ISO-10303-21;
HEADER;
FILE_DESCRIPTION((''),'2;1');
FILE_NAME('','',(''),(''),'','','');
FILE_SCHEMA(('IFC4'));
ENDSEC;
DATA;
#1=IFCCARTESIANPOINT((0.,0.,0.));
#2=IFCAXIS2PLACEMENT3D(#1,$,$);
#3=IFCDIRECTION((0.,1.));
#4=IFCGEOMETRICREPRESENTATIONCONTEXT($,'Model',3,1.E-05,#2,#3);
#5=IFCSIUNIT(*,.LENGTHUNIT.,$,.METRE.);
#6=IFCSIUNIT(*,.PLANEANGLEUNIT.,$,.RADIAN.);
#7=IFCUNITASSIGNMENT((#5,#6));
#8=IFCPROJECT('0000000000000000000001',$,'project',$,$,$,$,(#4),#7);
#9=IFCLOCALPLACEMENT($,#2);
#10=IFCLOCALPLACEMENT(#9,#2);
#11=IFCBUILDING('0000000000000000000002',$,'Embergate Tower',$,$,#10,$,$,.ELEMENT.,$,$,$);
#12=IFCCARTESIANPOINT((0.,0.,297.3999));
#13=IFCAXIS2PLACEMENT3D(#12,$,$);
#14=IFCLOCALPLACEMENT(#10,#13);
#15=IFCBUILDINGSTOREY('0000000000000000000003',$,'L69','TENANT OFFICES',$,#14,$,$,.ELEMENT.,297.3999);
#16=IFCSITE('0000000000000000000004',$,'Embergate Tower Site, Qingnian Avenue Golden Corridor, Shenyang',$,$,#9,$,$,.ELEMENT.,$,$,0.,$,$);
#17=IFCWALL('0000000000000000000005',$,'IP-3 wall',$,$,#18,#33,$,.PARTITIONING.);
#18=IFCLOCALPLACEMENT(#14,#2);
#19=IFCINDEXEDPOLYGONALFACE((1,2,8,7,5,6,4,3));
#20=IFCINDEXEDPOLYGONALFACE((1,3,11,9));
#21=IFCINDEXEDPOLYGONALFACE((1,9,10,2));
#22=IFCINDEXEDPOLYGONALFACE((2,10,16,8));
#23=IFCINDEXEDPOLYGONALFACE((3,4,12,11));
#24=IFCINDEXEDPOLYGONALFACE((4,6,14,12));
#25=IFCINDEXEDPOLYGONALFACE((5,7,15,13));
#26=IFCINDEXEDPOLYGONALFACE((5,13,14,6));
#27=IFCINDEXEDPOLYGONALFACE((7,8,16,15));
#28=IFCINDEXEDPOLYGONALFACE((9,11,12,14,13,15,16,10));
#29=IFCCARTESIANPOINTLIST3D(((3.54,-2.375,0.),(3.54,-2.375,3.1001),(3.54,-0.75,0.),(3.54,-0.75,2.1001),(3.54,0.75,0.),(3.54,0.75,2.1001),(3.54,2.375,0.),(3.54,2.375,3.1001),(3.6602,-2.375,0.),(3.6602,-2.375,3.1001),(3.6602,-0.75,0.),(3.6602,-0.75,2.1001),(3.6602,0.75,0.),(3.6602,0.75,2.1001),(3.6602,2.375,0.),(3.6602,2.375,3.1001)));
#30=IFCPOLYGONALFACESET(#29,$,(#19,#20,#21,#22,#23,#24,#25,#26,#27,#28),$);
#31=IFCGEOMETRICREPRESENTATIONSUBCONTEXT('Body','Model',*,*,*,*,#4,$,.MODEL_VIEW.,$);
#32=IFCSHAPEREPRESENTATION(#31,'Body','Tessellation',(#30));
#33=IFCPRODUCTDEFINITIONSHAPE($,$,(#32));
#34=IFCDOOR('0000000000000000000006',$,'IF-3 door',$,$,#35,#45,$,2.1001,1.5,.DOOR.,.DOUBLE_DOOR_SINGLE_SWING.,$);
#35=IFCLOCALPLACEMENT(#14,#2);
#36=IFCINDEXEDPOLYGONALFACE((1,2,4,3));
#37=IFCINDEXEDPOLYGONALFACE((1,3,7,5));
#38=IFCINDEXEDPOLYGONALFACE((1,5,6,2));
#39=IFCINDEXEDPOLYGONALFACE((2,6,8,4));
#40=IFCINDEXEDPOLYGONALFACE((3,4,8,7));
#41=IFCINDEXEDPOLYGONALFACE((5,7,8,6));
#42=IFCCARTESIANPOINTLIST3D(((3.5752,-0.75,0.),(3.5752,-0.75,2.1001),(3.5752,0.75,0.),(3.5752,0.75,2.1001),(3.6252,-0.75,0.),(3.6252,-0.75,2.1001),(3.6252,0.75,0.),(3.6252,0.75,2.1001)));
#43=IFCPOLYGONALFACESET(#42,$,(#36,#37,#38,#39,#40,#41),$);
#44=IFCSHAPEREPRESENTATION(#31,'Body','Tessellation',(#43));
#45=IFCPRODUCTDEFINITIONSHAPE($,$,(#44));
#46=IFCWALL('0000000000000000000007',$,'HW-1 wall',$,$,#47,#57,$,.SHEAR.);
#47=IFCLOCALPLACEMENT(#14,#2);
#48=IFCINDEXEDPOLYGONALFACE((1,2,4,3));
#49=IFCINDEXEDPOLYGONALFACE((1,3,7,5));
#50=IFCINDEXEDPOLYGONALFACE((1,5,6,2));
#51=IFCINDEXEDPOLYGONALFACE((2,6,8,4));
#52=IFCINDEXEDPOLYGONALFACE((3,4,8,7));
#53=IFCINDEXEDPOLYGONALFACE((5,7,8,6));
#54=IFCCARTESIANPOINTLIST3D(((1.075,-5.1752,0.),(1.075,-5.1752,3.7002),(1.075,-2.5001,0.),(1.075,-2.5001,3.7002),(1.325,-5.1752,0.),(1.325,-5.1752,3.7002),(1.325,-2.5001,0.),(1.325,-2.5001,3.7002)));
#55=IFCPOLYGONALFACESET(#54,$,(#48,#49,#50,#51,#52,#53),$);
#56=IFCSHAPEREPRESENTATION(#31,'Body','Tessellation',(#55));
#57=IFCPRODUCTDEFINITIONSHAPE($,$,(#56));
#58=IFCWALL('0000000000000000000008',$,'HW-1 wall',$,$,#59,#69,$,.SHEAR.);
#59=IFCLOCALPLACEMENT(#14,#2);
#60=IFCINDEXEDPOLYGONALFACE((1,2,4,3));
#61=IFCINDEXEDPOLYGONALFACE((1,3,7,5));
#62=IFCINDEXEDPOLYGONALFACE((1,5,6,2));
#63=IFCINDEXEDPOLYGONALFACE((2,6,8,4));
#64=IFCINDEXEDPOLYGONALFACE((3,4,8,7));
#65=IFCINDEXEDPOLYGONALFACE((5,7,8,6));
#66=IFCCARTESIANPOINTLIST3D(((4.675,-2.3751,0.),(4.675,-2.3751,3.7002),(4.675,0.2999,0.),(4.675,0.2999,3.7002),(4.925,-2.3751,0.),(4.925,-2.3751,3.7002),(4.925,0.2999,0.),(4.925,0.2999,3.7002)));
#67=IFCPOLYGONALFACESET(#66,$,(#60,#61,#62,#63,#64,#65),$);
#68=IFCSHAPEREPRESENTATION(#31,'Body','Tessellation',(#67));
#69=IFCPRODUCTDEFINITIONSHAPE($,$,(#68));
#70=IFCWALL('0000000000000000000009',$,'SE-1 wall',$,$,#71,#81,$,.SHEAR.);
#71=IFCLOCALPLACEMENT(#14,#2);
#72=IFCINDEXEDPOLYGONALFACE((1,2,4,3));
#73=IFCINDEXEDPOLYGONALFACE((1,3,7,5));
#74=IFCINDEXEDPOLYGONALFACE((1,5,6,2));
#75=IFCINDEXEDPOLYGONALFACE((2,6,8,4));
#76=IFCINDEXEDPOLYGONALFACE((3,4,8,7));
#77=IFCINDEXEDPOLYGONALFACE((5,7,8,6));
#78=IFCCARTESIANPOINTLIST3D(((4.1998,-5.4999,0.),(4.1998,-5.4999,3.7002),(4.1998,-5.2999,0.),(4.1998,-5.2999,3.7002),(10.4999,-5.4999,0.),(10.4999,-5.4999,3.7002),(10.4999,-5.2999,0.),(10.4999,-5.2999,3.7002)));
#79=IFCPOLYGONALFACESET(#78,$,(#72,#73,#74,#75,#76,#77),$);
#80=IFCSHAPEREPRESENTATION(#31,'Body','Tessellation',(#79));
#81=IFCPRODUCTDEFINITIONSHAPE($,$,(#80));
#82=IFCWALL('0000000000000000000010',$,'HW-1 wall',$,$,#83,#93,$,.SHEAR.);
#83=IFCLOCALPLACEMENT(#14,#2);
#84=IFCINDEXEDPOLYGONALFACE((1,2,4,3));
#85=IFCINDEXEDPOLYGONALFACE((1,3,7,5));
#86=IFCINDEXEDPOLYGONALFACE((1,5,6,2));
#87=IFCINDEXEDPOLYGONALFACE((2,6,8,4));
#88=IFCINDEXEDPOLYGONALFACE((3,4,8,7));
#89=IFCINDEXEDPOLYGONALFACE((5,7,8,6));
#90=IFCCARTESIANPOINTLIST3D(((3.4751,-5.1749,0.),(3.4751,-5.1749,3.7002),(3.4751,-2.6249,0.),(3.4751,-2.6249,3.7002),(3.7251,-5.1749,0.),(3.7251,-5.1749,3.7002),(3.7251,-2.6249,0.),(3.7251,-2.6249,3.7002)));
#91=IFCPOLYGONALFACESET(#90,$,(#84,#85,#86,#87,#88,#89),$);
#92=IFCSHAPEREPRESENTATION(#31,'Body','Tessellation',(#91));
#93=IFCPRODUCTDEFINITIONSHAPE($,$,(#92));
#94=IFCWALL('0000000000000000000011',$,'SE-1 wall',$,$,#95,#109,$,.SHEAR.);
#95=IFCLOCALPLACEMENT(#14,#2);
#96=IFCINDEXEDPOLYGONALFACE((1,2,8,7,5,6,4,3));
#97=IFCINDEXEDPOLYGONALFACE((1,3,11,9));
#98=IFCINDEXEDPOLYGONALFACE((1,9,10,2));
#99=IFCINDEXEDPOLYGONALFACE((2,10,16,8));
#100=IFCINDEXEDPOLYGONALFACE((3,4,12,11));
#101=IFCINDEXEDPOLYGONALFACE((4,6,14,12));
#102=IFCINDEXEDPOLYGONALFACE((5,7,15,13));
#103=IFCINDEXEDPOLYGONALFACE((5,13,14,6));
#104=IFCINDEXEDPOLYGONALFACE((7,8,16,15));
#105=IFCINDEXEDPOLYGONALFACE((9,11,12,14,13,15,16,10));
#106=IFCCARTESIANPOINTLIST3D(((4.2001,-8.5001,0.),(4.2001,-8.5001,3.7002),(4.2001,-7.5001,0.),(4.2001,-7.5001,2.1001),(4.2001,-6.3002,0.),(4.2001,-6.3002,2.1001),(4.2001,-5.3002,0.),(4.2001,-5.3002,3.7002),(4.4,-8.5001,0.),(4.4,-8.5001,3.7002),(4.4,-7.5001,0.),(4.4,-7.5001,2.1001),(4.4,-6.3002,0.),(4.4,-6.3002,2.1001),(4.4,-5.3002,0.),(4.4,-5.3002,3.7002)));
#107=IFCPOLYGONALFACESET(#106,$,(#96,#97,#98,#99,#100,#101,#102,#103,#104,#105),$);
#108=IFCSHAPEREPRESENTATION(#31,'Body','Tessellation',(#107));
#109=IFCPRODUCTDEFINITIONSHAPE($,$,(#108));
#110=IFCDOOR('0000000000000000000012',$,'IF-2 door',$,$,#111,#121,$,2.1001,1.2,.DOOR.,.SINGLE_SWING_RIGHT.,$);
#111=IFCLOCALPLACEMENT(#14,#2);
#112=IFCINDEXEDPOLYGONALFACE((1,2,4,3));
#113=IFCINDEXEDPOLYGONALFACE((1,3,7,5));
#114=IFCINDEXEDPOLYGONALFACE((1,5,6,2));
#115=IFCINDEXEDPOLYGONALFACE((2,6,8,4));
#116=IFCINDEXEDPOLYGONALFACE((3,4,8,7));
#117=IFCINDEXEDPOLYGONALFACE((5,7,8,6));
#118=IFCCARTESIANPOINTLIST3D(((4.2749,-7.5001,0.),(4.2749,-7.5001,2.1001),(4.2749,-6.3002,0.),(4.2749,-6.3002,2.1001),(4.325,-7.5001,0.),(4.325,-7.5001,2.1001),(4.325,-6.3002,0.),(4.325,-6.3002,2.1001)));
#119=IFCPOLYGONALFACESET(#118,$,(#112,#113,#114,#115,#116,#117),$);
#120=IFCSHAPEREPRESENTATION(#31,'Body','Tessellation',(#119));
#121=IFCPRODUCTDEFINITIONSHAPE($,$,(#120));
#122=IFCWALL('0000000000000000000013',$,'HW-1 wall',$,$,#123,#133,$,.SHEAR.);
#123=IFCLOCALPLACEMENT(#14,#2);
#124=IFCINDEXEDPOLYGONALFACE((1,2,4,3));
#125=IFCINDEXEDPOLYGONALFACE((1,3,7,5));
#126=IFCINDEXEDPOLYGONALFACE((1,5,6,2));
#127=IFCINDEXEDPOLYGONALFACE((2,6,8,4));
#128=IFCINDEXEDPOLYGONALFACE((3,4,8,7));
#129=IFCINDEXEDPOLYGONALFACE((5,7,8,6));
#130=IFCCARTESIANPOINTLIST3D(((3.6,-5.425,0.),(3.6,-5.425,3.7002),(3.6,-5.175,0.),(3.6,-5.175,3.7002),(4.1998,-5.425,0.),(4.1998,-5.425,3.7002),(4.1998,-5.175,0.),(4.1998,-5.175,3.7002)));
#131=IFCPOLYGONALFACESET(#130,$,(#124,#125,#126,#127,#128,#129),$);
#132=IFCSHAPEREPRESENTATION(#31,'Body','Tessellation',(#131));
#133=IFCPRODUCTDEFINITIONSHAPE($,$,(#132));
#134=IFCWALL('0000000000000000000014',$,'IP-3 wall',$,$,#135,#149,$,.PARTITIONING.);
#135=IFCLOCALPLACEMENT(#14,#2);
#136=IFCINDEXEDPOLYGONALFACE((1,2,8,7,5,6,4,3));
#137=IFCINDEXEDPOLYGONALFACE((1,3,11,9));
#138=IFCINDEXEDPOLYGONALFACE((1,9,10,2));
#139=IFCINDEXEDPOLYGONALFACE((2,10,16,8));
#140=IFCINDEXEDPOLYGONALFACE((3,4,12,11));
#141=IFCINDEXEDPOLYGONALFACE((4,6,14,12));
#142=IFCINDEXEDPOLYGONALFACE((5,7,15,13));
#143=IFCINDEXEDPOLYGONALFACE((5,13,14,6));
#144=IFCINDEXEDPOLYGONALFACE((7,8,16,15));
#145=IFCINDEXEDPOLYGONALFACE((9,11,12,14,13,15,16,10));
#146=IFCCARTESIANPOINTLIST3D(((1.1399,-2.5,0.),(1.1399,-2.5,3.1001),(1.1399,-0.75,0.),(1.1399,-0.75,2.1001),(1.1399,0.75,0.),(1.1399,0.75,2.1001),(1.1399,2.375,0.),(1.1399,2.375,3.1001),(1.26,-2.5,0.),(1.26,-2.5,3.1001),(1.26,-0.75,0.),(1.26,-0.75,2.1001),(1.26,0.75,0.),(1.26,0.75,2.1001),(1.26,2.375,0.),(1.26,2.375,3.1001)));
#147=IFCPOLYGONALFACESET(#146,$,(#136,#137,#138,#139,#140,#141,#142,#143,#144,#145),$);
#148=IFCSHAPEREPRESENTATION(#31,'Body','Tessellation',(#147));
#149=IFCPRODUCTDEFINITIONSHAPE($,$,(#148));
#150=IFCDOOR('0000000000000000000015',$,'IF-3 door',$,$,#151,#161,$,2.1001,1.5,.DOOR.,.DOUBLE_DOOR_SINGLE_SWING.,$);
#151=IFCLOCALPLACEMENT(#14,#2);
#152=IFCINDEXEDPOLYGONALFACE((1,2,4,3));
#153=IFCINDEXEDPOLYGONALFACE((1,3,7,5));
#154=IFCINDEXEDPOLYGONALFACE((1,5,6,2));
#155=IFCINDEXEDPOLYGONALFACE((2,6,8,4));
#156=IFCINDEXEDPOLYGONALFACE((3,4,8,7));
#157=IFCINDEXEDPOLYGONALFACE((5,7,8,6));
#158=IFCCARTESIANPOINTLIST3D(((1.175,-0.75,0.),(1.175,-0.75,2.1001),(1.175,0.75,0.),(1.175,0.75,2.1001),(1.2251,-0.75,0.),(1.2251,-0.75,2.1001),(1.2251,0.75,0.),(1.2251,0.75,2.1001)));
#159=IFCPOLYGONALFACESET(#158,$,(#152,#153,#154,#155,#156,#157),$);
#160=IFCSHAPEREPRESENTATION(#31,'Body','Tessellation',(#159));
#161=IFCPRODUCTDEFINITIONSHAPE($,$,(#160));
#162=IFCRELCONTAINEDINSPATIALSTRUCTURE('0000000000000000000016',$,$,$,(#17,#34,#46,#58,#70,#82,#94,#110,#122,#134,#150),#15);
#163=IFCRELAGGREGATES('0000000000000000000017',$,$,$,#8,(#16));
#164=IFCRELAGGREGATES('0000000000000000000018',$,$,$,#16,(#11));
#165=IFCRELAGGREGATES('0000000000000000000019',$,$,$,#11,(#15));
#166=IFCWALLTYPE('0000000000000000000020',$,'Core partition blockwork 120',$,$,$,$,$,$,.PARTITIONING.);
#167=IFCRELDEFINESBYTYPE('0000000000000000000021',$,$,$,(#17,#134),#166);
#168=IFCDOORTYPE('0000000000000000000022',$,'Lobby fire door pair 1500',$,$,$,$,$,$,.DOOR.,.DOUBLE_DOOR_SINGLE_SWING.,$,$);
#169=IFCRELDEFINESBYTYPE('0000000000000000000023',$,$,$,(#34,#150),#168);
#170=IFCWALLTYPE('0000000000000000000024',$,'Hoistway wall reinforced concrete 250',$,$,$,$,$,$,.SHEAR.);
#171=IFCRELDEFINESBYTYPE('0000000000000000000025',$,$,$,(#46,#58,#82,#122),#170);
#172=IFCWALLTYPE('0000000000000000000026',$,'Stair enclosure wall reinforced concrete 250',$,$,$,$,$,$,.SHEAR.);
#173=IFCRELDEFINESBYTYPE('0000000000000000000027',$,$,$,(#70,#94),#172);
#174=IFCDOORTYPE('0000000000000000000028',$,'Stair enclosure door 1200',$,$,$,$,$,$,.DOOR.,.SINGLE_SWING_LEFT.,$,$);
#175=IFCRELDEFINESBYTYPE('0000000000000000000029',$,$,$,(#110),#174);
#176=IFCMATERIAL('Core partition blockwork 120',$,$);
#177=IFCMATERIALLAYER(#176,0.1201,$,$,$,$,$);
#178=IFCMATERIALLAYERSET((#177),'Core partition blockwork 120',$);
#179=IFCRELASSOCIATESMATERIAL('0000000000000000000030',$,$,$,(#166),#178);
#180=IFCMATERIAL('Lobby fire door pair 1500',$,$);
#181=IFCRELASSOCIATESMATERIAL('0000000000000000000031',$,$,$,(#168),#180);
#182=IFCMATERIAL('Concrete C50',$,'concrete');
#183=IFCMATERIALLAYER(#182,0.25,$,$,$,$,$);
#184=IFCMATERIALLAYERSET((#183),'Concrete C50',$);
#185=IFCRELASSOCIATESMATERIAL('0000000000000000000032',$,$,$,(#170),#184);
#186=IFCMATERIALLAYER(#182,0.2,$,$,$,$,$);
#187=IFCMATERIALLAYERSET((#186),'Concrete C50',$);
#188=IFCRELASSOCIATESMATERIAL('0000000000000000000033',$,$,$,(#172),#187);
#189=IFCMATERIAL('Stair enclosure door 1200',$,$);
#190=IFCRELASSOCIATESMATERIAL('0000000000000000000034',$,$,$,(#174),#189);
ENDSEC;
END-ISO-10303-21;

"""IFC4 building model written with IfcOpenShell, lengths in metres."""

from ifc_helpers import new_model, si_unit, direction, frame, frame_2d, origin, place, context, subcontext, project, spatial, rectangle, extrude, source, transform, mapped, material, layer, layer_set, type_object, element, fill, save


model = new_model("IFC4")

# Units and contexts
model_context = context("Model", 3, precision=1e-05, world=origin(), true_north=direction((0.0, 1.0)))
body_context = subcontext(model_context, "Body", "Model", "MODEL_VIEW")
ifc_project = project(units=[si_unit("LENGTHUNIT", "METRE"), si_unit("PLANEANGLEUNIT", "RADIAN")], contexts=[model_context])

# Site, building, storey
site_placement = place(None, origin())
site = spatial("IfcSite", under=ifc_project, at=site_placement, Name="Embergate Tower Site, Qingnian Avenue Golden Corridor, Shenyang", CompositionType="ELEMENT", RefElevation=0.0)
building_placement = place(site_placement, origin())
building = spatial("IfcBuilding", under=site, at=building_placement, Name="Embergate Tower", CompositionType="ELEMENT")
storey_placement = place(building_placement, frame((0.0, 0.0, 297.3999)))
storey = spatial("IfcBuildingStorey", under=building, at=storey_placement, Name="L69", Description="TENANT OFFICES", CompositionType="ELEMENT", Elevation=297.3999)

# Wall, opening, door
ifc_material_1 = material(Name="Core partition blockwork 120")
ifc_layer_1 = layer(ifc_material_1, 0.1201)
ifc_layer_set_1 = layer_set([ifc_layer_1], Name="Core partition blockwork 120")
wall_type_1 = type_object("IfcWallType", Name="Core partition blockwork 120", PredefinedType="PARTITIONING", material=ifc_layer_set_1)
shared_shape_1 = source(origin(), body_context, "Body", "SweptSolid", [
    extrude(rectangle(XDim=4.75, YDim=0.1201, at=frame_2d((2.375, 0.0))), origin(), (0.0, 0.0, 1.0), 3.1001),
])
wall_1_placement = place(storey_placement, frame((3.6001, -2.375, 0.0), z_axis=(0.0, 0.0, 1.0), x_axis=(0.0, 1.0, 0.0)))
wall_1 = element("IfcWall", 1, at=wall_1_placement, inside=storey, type_object=wall_type_1, Name="IP-3 wall", PredefinedType="PARTITIONING", context=body_context, shape_type="MappedRepresentation", body=[
    mapped(shared_shape_1, transform((0.0, 0.0, 0.0))),
])
shared_shape_2 = source(origin(), body_context, "Body", "SweptSolid", [
    extrude(rectangle(XDim=1.5, YDim=2.1001, at=frame_2d((0.75, 1.05))), frame((0.0, 0.0701, 0.0), z_axis=(0.0, -1.0, 0.0), x_axis=(1.0, 0.0, 0.0)), (0.0, 0.0, 1.0), 0.1401),
])
opening_1_placement = place(wall_1_placement, frame((1.625, 0.0, 0.0)))
opening_1 = element("IfcOpeningElement", 2, at=opening_1_placement, cuts=wall_1, PredefinedType="OPENING", context=body_context, shape_type="MappedRepresentation", body=[
    mapped(shared_shape_2, transform((0.0, 0.0, 0.0))),
])
ifc_material_2 = material(Name="Lobby fire door pair 1500")
door_type_1 = type_object("IfcDoorType", Name="Lobby fire door pair 1500", OperationType="DOUBLE_DOOR_SINGLE_SWING", PredefinedType="DOOR", material=ifc_material_2)
shared_shape_3 = source(origin(), body_context, "Body", "SweptSolid", [
    extrude(rectangle(XDim=1.5, YDim=2.1001, at=frame_2d((0.75, 1.05))), frame((0.0, 0.0249, 0.0), z_axis=(0.0, -1.0, 0.0), x_axis=(1.0, 0.0, 0.0)), (0.0, 0.0, 1.0), 0.05),
])
door_1_placement = place(opening_1_placement, origin())
door_1 = element("IfcDoor", 3, at=door_1_placement, inside=storey, type_object=door_type_1, Name="IF-3 door", OperationType="DOUBLE_DOOR_SINGLE_SWING", OverallHeight=2.1001, OverallWidth=1.5, PredefinedType="DOOR", context=body_context, shape_type="MappedRepresentation", body=[
    mapped(shared_shape_3, transform((0.0, 0.0, 0.0))),
])
fill(opening_1, door_1)

# Walls
ifc_material_3 = material(Name="Concrete C50", Category="concrete")
ifc_layer_2 = layer(ifc_material_3, 0.25)
ifc_layer_set_2 = layer_set([ifc_layer_2], Name="Concrete C50")
wall_type_2 = type_object("IfcWallType", Name="Hoistway wall reinforced concrete 250", PredefinedType="SHEAR", material=ifc_layer_set_2)
shared_shape_4 = source(origin(), body_context, "Body", "SweptSolid", [
    extrude(rectangle(XDim=2.675, YDim=0.25, at=frame_2d((1.3374, 0.0))), origin(), (0.0, 0.0, 1.0), 3.7002),
])
for number, where, z_axis, x_axis, name in (
    (4, (1.2, -5.175, 0.0), (0.0, 0.0, 1.0), (0.0, 1.0, 0.0), "HW-1 wall"),
    (5, (4.8, -2.375, 0.0), (0.0, 0.0, 1.0), (0.0, 1.0, 0.0), "HW-1 wall"),
):
    element("IfcWall", number, at=place(storey_placement, frame(where, z_axis=z_axis, x_axis=x_axis)), inside=storey, type_object=wall_type_2, Name=name, PredefinedType="SHEAR", context=body_context, shape_type="MappedRepresentation", body=[
        mapped(shared_shape_4, transform((0.0, 0.0, 0.0))),
    ])
ifc_layer_3 = layer(ifc_material_3, 0.2)
ifc_layer_set_3 = layer_set([ifc_layer_3], Name="Concrete C50")
wall_type_3 = type_object("IfcWallType", Name="Stair enclosure wall reinforced concrete 250", PredefinedType="SHEAR", material=ifc_layer_set_3)
shared_shape_5 = source(origin(), body_context, "Body", "SweptSolid", [
    extrude(rectangle(XDim=6.3, YDim=0.2, at=frame_2d((3.1499, 0.0))), origin(), (0.0, 0.0, 1.0), 3.7002),
])
wall_2_placement = place(storey_placement, frame((4.2, -5.3999, 0.0), z_axis=(0.0, 0.0, 1.0), x_axis=(1.0, 0.0, 0.0)))
element("IfcWall", 6, at=wall_2_placement, inside=storey, type_object=wall_type_3, Name="SE-1 wall", PredefinedType="SHEAR", context=body_context, shape_type="MappedRepresentation", body=[
    mapped(shared_shape_5, transform((0.0, 0.0, 0.0))),
])
shared_shape_6 = source(origin(), body_context, "Body", "SweptSolid", [
    extrude(rectangle(XDim=2.55, YDim=0.25, at=frame_2d((1.2749, 0.0))), origin(), (0.0, 0.0, 1.0), 3.7002),
])
wall_3_placement = place(storey_placement, frame((3.6001, -2.625, 0.0), z_axis=(0.0, 0.0, 1.0), x_axis=(0.0, -1.0, 0.0)))
element("IfcWall", 7, at=wall_3_placement, inside=storey, type_object=wall_type_2, Name="HW-1 wall", PredefinedType="SHEAR", context=body_context, shape_type="MappedRepresentation", body=[
    mapped(shared_shape_6, transform((0.0, 0.0, 0.0))),
])

# Wall, opening, door
shared_shape_7 = source(origin(), body_context, "Body", "SweptSolid", [
    extrude(rectangle(XDim=3.2, YDim=0.2, at=frame_2d((1.6001, 0.0))), origin(), (0.0, 0.0, 1.0), 3.7002),
])
wall_4_placement = place(storey_placement, frame((4.3, -5.3, 0.0), z_axis=(0.0, 0.0, 1.0), x_axis=(0.0, -1.0, 0.0)))
wall_4 = element("IfcWall", 8, at=wall_4_placement, inside=storey, type_object=wall_type_3, Name="SE-1 wall", PredefinedType="SHEAR", context=body_context, shape_type="MappedRepresentation", body=[
    mapped(shared_shape_7, transform((0.0, 0.0, 0.0))),
])
shared_shape_8 = source(origin(), body_context, "Body", "SweptSolid", [
    extrude(rectangle(XDim=1.2, YDim=2.1001, at=frame_2d((0.6001, 1.05))), frame((0.0, 0.1099, 0.0), z_axis=(0.0, -1.0, 0.0), x_axis=(1.0, 0.0, 0.0)), (0.0, 0.0, 1.0), 0.22),
])
opening_2_placement = place(wall_4_placement, frame((1.0, 0.0, 0.0)))
opening_2 = element("IfcOpeningElement", 9, at=opening_2_placement, cuts=wall_4, PredefinedType="OPENING", context=body_context, shape_type="MappedRepresentation", body=[
    mapped(shared_shape_8, transform((0.0, 0.0, 0.0))),
])
ifc_material_4 = material(Name="Stair enclosure door 1200")
door_type_2 = type_object("IfcDoorType", Name="Stair enclosure door 1200", OperationType="SINGLE_SWING_LEFT", PredefinedType="DOOR", material=ifc_material_4)
shared_shape_9 = source(origin(), body_context, "Body", "SweptSolid", [
    extrude(rectangle(XDim=1.2, YDim=2.1001, at=frame_2d((0.6001, 1.05))), frame((0.0, 0.0249, 0.0), z_axis=(0.0, -1.0, 0.0), x_axis=(1.0, 0.0, 0.0)), (0.0, 0.0, 1.0), 0.05),
])
door_2_placement = place(opening_2_placement, origin())
door_2 = element("IfcDoor", 10, at=door_2_placement, inside=storey, type_object=door_type_2, Name="IF-2 door", OperationType="SINGLE_SWING_RIGHT", OverallHeight=2.1001, OverallWidth=1.2, PredefinedType="DOOR", context=body_context, shape_type="MappedRepresentation", body=[
    mapped(shared_shape_9, transform((0.0, 0.0, 0.0))),
])
fill(opening_2, door_2)

# Wall
shared_shape_10 = source(origin(), body_context, "Body", "SweptSolid", [
    extrude(rectangle(XDim=0.5999, YDim=0.25, at=frame_2d((0.2998, 0.0))), origin(), (0.0, 0.0, 1.0), 3.7002),
])
wall_5_placement = place(storey_placement, frame((3.6001, -5.3, 0.0), z_axis=(0.0, 0.0, 1.0), x_axis=(1.0, 0.0, 0.0)))
element("IfcWall", 11, at=wall_5_placement, inside=storey, type_object=wall_type_2, Name="HW-1 wall", PredefinedType="SHEAR", context=body_context, shape_type="MappedRepresentation", body=[
    mapped(shared_shape_10, transform((0.0, 0.0, 0.0))),
])

# Wall, opening, door
shared_shape_11 = source(origin(), body_context, "Body", "SweptSolid", [
    extrude(rectangle(XDim=4.875, YDim=0.1201, at=frame_2d((2.4375, 0.0))), origin(), (0.0, 0.0, 1.0), 3.1001),
])
wall_6_placement = place(storey_placement, frame((1.2, -2.5, 0.0), z_axis=(0.0, 0.0, 1.0), x_axis=(0.0, 1.0, 0.0)))
wall_6 = element("IfcWall", 12, at=wall_6_placement, inside=storey, type_object=wall_type_1, Name="IP-3 wall", PredefinedType="PARTITIONING", context=body_context, shape_type="MappedRepresentation", body=[
    mapped(shared_shape_11, transform((0.0, 0.0, 0.0))),
])
opening_3_placement = place(wall_6_placement, frame((1.75, 0.0, 0.0)))
opening_3 = element("IfcOpeningElement", 13, at=opening_3_placement, cuts=wall_6, PredefinedType="OPENING", context=body_context, shape_type="MappedRepresentation", body=[
    mapped(shared_shape_2, transform((0.0, 0.0, 0.0))),
])
door_3_placement = place(opening_3_placement, origin())
door_3 = element("IfcDoor", 14, at=door_3_placement, inside=storey, type_object=door_type_1, Name="IF-3 door", OperationType="DOUBLE_DOOR_SINGLE_SWING", OverallHeight=2.1001, OverallWidth=1.5, PredefinedType="DOOR", context=body_context, shape_type="MappedRepresentation", body=[
    mapped(shared_shape_3, transform((0.0, 0.0, 0.0))),
])
fill(opening_3, door_3)

save(model, "model.ifc")
